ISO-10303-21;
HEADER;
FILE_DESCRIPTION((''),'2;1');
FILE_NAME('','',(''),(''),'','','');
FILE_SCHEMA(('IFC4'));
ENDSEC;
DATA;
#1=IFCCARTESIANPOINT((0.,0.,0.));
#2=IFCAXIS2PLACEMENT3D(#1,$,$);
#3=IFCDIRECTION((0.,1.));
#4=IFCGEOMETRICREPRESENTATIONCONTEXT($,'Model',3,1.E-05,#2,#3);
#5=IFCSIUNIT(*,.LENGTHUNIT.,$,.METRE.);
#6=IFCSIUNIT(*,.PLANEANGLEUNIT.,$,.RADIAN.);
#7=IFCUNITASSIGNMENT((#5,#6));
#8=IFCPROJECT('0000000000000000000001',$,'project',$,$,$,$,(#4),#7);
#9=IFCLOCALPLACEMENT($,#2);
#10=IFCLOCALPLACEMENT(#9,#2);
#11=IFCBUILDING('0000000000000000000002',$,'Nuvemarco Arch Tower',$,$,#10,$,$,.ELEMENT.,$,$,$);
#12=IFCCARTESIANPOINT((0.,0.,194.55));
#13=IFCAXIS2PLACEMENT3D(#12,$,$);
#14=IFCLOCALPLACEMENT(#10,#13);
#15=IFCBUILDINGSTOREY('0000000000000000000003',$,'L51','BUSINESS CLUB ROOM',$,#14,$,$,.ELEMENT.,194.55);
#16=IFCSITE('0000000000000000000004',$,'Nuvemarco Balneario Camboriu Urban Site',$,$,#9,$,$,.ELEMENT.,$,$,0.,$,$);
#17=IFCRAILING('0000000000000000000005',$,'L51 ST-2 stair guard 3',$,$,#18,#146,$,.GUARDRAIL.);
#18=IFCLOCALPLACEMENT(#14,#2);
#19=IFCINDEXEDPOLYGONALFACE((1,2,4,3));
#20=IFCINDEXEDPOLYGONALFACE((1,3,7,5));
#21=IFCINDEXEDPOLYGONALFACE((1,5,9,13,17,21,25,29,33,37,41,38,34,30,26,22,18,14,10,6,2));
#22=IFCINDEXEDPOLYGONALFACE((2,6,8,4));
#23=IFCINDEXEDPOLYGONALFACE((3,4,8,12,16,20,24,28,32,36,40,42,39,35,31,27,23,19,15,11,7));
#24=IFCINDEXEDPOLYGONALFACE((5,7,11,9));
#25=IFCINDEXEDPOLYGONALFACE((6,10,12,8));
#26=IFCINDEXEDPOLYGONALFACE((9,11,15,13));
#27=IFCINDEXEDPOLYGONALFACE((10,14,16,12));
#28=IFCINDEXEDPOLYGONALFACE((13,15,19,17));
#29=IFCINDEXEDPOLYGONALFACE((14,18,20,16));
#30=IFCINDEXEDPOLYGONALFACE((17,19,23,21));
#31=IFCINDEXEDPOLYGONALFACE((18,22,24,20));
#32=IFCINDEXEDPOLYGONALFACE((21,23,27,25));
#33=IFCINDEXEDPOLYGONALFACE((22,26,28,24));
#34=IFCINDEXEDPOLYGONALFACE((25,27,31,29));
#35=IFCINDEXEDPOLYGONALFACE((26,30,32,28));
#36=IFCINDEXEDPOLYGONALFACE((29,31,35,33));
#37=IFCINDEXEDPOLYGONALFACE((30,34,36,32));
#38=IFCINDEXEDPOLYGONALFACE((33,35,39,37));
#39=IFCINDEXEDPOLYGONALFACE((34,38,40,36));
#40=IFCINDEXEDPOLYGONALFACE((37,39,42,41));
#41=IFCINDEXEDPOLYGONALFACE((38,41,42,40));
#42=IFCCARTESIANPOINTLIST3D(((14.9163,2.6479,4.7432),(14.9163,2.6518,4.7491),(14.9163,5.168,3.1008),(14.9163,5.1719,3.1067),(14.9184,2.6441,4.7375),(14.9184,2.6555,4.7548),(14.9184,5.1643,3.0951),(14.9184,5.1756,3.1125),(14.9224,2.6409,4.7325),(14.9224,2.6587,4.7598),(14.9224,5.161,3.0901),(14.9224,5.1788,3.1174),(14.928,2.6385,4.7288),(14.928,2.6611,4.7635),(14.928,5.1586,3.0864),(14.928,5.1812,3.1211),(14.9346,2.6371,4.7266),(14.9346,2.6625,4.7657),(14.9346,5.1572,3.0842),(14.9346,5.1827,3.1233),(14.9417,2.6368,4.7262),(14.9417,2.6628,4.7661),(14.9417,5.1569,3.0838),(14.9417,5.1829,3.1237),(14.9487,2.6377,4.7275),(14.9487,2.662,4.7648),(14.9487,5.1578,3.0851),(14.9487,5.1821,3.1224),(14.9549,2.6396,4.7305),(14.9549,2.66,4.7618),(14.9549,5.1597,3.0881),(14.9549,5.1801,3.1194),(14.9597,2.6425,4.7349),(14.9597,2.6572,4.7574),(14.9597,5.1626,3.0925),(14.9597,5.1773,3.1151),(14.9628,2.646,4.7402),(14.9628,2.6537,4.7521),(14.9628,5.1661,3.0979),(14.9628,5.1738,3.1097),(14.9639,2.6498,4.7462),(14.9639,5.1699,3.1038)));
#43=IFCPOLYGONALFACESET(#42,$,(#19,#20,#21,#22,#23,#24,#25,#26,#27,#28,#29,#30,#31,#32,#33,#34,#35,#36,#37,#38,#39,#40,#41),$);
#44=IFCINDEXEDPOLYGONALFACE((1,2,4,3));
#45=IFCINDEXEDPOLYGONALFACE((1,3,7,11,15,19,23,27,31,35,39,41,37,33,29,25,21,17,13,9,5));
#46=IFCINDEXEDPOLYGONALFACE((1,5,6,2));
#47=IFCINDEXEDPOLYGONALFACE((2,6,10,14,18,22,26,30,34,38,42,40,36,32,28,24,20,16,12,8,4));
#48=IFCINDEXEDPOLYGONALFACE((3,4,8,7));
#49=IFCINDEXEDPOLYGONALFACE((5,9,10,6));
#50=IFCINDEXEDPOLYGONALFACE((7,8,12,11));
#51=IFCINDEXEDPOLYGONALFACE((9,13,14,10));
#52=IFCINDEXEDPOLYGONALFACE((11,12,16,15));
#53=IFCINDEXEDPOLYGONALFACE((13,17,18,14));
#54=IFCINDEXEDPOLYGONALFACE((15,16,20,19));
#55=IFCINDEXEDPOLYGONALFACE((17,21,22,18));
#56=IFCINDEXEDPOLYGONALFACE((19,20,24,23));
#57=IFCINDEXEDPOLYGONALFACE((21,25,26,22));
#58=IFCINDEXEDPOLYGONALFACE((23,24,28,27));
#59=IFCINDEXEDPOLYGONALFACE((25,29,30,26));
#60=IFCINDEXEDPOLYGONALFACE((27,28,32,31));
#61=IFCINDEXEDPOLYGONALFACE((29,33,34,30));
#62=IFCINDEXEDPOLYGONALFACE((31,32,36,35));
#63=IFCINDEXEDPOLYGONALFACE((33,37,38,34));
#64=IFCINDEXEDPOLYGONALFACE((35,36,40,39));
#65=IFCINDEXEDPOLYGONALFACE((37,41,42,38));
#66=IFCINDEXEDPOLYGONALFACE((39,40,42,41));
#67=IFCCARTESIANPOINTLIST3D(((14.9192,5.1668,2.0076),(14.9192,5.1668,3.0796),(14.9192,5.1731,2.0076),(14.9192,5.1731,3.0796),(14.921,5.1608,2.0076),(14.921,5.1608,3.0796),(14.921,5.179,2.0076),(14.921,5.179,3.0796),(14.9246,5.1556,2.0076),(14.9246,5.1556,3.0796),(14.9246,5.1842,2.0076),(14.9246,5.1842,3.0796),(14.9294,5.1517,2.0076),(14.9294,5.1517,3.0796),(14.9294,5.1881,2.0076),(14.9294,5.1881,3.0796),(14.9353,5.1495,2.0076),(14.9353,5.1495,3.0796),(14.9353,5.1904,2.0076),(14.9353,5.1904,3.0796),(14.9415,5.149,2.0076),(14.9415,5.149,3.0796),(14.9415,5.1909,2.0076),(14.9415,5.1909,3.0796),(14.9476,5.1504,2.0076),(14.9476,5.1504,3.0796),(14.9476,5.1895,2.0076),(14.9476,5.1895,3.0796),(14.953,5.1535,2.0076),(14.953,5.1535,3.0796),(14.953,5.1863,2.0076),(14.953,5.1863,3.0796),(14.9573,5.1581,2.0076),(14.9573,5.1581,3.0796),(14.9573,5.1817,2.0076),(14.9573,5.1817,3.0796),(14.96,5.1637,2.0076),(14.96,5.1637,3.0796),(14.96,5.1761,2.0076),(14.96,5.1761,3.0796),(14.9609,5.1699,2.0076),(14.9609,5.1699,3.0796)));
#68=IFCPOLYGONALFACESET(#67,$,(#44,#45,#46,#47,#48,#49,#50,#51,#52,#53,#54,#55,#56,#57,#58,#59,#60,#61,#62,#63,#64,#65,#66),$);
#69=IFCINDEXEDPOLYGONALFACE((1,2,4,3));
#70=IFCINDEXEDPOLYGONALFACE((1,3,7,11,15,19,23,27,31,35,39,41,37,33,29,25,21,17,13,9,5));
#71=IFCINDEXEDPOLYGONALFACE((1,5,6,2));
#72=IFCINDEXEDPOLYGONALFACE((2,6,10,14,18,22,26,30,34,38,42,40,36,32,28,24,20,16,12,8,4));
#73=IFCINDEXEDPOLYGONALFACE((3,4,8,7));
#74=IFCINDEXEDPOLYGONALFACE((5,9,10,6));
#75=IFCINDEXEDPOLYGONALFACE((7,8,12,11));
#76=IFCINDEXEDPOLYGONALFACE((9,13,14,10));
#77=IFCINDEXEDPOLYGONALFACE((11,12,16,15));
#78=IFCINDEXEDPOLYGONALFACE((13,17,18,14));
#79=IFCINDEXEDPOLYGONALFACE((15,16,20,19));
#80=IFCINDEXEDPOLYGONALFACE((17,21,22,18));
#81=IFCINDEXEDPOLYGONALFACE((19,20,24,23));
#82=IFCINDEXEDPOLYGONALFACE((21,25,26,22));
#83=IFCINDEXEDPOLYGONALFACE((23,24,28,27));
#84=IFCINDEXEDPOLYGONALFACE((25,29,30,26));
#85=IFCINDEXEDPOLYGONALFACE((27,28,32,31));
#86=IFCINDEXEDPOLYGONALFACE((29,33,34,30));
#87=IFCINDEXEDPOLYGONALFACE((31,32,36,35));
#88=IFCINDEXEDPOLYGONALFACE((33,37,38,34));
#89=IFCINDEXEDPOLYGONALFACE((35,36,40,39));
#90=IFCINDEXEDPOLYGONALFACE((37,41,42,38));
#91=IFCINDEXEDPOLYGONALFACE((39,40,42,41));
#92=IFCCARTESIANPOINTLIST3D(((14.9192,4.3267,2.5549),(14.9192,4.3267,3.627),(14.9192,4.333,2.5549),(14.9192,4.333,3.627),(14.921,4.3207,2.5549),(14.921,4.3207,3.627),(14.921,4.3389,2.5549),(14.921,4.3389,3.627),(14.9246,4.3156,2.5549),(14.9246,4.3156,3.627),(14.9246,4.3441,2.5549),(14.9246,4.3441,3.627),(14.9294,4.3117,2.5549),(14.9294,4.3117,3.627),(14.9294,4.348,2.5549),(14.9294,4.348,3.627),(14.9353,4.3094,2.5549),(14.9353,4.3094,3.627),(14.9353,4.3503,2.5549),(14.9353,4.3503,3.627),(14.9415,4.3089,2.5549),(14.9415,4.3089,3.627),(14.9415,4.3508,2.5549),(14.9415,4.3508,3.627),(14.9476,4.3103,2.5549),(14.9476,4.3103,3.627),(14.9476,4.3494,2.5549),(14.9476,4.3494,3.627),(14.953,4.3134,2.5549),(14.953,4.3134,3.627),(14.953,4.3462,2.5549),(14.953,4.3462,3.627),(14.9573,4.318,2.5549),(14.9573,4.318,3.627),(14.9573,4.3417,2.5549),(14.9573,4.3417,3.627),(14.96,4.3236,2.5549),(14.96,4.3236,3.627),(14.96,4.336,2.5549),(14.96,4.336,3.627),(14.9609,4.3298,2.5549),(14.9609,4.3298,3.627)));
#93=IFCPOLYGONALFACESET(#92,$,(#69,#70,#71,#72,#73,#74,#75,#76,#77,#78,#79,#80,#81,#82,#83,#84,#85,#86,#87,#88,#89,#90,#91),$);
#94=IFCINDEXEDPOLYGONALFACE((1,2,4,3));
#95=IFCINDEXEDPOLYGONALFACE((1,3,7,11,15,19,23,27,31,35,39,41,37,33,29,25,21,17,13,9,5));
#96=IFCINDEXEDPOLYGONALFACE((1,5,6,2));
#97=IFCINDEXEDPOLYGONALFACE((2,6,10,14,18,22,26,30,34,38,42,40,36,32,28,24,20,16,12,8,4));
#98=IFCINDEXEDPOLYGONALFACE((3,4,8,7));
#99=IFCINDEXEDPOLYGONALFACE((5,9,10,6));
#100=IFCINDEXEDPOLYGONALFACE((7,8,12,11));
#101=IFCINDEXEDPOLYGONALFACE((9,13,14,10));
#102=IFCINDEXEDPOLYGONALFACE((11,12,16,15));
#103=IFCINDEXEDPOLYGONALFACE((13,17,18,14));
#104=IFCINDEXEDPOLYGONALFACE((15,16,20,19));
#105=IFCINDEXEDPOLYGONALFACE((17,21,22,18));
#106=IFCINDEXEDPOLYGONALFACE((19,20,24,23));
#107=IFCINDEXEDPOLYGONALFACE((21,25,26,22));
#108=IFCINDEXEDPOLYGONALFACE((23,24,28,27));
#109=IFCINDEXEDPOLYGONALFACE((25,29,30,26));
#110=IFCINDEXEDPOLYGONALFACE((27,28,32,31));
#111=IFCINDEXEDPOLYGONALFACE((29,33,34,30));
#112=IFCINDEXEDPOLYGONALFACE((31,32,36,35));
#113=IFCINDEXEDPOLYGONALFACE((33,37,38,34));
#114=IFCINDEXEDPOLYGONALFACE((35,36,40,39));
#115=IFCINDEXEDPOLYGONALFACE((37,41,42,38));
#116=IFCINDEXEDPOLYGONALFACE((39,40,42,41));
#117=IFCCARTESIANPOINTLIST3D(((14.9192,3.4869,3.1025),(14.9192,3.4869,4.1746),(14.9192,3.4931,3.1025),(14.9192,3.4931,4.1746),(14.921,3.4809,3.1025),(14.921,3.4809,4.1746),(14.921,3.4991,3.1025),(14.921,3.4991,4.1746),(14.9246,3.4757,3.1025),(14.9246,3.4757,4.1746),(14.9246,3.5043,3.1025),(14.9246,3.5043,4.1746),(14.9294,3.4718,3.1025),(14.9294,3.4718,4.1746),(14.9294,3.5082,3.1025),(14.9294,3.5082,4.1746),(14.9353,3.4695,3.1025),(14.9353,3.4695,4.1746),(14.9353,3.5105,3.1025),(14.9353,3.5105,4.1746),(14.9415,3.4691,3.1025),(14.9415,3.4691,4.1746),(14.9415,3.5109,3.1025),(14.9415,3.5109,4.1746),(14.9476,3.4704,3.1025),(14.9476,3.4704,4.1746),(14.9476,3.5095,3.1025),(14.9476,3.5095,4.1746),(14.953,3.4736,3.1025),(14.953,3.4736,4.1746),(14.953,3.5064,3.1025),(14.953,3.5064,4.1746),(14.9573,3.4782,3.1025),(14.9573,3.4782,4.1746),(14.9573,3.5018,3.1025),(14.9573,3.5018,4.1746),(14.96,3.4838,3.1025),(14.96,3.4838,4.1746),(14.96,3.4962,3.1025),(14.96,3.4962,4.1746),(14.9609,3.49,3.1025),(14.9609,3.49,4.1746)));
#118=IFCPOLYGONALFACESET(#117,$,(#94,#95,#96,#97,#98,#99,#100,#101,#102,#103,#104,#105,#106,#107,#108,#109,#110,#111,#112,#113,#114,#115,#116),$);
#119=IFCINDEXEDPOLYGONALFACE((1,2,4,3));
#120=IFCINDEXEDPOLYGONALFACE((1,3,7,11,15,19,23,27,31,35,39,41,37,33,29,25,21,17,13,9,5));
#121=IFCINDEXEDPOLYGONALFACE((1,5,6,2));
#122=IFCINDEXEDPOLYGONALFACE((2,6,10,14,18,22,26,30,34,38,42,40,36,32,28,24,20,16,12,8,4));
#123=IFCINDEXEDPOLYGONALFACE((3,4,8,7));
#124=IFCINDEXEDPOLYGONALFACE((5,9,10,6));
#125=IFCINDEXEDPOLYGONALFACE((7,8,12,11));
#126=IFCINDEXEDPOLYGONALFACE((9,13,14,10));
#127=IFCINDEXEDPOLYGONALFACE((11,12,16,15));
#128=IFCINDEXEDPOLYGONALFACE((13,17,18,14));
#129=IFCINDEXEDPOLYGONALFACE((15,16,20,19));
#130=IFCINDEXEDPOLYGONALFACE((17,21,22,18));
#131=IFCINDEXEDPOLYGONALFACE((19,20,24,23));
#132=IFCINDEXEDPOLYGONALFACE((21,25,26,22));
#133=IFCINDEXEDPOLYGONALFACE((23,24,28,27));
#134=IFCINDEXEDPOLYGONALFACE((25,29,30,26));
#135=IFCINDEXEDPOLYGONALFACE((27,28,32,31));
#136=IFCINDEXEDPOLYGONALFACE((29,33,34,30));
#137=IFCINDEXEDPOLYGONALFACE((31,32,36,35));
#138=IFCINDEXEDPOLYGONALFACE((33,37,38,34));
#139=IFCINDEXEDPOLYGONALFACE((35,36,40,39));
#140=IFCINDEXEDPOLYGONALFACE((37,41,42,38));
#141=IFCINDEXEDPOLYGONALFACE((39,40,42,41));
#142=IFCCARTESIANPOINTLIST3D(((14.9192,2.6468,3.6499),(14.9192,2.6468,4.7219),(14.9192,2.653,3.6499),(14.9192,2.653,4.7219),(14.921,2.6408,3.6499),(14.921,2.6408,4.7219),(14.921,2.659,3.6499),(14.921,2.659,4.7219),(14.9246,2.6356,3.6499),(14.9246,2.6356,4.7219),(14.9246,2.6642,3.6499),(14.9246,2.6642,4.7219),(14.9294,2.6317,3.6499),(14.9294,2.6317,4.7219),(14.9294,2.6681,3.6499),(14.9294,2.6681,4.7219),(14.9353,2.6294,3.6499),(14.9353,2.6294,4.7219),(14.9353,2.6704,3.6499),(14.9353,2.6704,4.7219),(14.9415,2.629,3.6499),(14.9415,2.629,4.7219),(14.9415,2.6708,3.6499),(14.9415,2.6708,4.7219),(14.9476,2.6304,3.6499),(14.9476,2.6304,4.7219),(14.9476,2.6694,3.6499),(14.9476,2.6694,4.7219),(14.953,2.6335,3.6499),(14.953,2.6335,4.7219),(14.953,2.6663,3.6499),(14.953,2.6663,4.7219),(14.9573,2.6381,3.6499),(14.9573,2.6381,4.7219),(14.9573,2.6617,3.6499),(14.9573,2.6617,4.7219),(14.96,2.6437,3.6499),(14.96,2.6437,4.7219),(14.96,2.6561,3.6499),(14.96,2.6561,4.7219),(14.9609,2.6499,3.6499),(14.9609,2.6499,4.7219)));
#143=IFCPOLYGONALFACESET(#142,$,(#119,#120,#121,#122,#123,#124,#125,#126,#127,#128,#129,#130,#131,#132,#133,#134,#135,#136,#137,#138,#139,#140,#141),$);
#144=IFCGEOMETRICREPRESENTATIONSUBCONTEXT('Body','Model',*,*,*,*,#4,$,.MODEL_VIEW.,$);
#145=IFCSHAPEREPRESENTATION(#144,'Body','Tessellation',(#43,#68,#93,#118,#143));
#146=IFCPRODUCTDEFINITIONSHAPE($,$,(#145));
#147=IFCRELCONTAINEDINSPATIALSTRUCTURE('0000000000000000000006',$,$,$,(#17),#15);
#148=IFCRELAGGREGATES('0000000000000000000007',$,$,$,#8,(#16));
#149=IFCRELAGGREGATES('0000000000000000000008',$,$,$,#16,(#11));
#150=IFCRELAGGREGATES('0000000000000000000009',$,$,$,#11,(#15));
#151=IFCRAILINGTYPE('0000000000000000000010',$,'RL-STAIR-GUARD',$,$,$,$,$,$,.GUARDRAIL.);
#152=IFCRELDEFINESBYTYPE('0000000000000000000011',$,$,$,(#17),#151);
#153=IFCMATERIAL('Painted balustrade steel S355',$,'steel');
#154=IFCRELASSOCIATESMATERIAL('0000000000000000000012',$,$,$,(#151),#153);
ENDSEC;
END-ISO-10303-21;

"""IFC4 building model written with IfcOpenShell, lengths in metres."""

from ifc_helpers import new_model, si_unit, direction, frame, origin, origin_2d, place, context, subcontext, project, spatial, circle, extrude, material, type_object, element, save


model = new_model("IFC4")

# Units and contexts
model_context = context("Model", 3, precision=1e-05, world=origin(), true_north=direction((0.0, 1.0)))
body_context = subcontext(model_context, "Body", "Model", "MODEL_VIEW")
ifc_project = project(units=[si_unit("LENGTHUNIT", "METRE"), si_unit("PLANEANGLEUNIT", "RADIAN")], contexts=[model_context])

# Site, building, storey
site_placement = place(None, origin())
site = spatial("IfcSite", under=ifc_project, at=site_placement, Name="Nuvemarco Balneario Camboriu Urban Site", CompositionType="ELEMENT", RefElevation=0.0)
building_placement = place(site_placement, origin())
building = spatial("IfcBuilding", under=site, at=building_placement, Name="Nuvemarco Arch Tower", CompositionType="ELEMENT")
storey_placement = place(building_placement, frame((0.0, 0.0, 194.55)))
storey = spatial("IfcBuildingStorey", under=building, at=storey_placement, Name="L51", Description="BUSINESS CLUB ROOM", CompositionType="ELEMENT", Elevation=194.55)

# Railing
ifc_material_1 = material(Name="Painted balustrade steel S355", Category="steel")
railing_type_1 = type_object("IfcRailingType", Name="RL-STAIR-GUARD", PredefinedType="GUARDRAIL", material=ifc_material_1)
railing_1_placement = place(storey_placement, frame((14.9399, 5.1699, 2.0076)))
element("IfcRailing", 1, at=railing_1_placement, inside=storey, type_object=railing_type_1, Name="L51 ST-2 stair guard 3", PredefinedType="GUARDRAIL", context=body_context, shape_type="SweptSolid", body=[
    extrude(circle(Radius=0.0239, at=origin_2d()), frame((0.0, 0.0, 1.0962), z_axis=(0.0, -0.837787, 0.545998), x_axis=(1.0, 0.0, 0.0)), (0.0, 0.0, 1.0), 3.0081),
    extrude(circle(Radius=0.021, at=origin_2d()), origin(), (0.0, 0.0, 1.0), 1.072),
    extrude(circle(Radius=0.021, at=origin_2d()), frame((0.0, -0.8401, 0.5474)), (0.0, 0.0, 1.0), 1.072),
    extrude(circle(Radius=0.021, at=origin_2d()), frame((0.0, -1.6799, 1.095)), (0.0, 0.0, 1.0), 1.072),
    extrude(circle(Radius=0.021, at=origin_2d()), frame((0.0, -2.52, 1.6423)), (0.0, 0.0, 1.0), 1.072),
])

save(model, "model.ifc")
